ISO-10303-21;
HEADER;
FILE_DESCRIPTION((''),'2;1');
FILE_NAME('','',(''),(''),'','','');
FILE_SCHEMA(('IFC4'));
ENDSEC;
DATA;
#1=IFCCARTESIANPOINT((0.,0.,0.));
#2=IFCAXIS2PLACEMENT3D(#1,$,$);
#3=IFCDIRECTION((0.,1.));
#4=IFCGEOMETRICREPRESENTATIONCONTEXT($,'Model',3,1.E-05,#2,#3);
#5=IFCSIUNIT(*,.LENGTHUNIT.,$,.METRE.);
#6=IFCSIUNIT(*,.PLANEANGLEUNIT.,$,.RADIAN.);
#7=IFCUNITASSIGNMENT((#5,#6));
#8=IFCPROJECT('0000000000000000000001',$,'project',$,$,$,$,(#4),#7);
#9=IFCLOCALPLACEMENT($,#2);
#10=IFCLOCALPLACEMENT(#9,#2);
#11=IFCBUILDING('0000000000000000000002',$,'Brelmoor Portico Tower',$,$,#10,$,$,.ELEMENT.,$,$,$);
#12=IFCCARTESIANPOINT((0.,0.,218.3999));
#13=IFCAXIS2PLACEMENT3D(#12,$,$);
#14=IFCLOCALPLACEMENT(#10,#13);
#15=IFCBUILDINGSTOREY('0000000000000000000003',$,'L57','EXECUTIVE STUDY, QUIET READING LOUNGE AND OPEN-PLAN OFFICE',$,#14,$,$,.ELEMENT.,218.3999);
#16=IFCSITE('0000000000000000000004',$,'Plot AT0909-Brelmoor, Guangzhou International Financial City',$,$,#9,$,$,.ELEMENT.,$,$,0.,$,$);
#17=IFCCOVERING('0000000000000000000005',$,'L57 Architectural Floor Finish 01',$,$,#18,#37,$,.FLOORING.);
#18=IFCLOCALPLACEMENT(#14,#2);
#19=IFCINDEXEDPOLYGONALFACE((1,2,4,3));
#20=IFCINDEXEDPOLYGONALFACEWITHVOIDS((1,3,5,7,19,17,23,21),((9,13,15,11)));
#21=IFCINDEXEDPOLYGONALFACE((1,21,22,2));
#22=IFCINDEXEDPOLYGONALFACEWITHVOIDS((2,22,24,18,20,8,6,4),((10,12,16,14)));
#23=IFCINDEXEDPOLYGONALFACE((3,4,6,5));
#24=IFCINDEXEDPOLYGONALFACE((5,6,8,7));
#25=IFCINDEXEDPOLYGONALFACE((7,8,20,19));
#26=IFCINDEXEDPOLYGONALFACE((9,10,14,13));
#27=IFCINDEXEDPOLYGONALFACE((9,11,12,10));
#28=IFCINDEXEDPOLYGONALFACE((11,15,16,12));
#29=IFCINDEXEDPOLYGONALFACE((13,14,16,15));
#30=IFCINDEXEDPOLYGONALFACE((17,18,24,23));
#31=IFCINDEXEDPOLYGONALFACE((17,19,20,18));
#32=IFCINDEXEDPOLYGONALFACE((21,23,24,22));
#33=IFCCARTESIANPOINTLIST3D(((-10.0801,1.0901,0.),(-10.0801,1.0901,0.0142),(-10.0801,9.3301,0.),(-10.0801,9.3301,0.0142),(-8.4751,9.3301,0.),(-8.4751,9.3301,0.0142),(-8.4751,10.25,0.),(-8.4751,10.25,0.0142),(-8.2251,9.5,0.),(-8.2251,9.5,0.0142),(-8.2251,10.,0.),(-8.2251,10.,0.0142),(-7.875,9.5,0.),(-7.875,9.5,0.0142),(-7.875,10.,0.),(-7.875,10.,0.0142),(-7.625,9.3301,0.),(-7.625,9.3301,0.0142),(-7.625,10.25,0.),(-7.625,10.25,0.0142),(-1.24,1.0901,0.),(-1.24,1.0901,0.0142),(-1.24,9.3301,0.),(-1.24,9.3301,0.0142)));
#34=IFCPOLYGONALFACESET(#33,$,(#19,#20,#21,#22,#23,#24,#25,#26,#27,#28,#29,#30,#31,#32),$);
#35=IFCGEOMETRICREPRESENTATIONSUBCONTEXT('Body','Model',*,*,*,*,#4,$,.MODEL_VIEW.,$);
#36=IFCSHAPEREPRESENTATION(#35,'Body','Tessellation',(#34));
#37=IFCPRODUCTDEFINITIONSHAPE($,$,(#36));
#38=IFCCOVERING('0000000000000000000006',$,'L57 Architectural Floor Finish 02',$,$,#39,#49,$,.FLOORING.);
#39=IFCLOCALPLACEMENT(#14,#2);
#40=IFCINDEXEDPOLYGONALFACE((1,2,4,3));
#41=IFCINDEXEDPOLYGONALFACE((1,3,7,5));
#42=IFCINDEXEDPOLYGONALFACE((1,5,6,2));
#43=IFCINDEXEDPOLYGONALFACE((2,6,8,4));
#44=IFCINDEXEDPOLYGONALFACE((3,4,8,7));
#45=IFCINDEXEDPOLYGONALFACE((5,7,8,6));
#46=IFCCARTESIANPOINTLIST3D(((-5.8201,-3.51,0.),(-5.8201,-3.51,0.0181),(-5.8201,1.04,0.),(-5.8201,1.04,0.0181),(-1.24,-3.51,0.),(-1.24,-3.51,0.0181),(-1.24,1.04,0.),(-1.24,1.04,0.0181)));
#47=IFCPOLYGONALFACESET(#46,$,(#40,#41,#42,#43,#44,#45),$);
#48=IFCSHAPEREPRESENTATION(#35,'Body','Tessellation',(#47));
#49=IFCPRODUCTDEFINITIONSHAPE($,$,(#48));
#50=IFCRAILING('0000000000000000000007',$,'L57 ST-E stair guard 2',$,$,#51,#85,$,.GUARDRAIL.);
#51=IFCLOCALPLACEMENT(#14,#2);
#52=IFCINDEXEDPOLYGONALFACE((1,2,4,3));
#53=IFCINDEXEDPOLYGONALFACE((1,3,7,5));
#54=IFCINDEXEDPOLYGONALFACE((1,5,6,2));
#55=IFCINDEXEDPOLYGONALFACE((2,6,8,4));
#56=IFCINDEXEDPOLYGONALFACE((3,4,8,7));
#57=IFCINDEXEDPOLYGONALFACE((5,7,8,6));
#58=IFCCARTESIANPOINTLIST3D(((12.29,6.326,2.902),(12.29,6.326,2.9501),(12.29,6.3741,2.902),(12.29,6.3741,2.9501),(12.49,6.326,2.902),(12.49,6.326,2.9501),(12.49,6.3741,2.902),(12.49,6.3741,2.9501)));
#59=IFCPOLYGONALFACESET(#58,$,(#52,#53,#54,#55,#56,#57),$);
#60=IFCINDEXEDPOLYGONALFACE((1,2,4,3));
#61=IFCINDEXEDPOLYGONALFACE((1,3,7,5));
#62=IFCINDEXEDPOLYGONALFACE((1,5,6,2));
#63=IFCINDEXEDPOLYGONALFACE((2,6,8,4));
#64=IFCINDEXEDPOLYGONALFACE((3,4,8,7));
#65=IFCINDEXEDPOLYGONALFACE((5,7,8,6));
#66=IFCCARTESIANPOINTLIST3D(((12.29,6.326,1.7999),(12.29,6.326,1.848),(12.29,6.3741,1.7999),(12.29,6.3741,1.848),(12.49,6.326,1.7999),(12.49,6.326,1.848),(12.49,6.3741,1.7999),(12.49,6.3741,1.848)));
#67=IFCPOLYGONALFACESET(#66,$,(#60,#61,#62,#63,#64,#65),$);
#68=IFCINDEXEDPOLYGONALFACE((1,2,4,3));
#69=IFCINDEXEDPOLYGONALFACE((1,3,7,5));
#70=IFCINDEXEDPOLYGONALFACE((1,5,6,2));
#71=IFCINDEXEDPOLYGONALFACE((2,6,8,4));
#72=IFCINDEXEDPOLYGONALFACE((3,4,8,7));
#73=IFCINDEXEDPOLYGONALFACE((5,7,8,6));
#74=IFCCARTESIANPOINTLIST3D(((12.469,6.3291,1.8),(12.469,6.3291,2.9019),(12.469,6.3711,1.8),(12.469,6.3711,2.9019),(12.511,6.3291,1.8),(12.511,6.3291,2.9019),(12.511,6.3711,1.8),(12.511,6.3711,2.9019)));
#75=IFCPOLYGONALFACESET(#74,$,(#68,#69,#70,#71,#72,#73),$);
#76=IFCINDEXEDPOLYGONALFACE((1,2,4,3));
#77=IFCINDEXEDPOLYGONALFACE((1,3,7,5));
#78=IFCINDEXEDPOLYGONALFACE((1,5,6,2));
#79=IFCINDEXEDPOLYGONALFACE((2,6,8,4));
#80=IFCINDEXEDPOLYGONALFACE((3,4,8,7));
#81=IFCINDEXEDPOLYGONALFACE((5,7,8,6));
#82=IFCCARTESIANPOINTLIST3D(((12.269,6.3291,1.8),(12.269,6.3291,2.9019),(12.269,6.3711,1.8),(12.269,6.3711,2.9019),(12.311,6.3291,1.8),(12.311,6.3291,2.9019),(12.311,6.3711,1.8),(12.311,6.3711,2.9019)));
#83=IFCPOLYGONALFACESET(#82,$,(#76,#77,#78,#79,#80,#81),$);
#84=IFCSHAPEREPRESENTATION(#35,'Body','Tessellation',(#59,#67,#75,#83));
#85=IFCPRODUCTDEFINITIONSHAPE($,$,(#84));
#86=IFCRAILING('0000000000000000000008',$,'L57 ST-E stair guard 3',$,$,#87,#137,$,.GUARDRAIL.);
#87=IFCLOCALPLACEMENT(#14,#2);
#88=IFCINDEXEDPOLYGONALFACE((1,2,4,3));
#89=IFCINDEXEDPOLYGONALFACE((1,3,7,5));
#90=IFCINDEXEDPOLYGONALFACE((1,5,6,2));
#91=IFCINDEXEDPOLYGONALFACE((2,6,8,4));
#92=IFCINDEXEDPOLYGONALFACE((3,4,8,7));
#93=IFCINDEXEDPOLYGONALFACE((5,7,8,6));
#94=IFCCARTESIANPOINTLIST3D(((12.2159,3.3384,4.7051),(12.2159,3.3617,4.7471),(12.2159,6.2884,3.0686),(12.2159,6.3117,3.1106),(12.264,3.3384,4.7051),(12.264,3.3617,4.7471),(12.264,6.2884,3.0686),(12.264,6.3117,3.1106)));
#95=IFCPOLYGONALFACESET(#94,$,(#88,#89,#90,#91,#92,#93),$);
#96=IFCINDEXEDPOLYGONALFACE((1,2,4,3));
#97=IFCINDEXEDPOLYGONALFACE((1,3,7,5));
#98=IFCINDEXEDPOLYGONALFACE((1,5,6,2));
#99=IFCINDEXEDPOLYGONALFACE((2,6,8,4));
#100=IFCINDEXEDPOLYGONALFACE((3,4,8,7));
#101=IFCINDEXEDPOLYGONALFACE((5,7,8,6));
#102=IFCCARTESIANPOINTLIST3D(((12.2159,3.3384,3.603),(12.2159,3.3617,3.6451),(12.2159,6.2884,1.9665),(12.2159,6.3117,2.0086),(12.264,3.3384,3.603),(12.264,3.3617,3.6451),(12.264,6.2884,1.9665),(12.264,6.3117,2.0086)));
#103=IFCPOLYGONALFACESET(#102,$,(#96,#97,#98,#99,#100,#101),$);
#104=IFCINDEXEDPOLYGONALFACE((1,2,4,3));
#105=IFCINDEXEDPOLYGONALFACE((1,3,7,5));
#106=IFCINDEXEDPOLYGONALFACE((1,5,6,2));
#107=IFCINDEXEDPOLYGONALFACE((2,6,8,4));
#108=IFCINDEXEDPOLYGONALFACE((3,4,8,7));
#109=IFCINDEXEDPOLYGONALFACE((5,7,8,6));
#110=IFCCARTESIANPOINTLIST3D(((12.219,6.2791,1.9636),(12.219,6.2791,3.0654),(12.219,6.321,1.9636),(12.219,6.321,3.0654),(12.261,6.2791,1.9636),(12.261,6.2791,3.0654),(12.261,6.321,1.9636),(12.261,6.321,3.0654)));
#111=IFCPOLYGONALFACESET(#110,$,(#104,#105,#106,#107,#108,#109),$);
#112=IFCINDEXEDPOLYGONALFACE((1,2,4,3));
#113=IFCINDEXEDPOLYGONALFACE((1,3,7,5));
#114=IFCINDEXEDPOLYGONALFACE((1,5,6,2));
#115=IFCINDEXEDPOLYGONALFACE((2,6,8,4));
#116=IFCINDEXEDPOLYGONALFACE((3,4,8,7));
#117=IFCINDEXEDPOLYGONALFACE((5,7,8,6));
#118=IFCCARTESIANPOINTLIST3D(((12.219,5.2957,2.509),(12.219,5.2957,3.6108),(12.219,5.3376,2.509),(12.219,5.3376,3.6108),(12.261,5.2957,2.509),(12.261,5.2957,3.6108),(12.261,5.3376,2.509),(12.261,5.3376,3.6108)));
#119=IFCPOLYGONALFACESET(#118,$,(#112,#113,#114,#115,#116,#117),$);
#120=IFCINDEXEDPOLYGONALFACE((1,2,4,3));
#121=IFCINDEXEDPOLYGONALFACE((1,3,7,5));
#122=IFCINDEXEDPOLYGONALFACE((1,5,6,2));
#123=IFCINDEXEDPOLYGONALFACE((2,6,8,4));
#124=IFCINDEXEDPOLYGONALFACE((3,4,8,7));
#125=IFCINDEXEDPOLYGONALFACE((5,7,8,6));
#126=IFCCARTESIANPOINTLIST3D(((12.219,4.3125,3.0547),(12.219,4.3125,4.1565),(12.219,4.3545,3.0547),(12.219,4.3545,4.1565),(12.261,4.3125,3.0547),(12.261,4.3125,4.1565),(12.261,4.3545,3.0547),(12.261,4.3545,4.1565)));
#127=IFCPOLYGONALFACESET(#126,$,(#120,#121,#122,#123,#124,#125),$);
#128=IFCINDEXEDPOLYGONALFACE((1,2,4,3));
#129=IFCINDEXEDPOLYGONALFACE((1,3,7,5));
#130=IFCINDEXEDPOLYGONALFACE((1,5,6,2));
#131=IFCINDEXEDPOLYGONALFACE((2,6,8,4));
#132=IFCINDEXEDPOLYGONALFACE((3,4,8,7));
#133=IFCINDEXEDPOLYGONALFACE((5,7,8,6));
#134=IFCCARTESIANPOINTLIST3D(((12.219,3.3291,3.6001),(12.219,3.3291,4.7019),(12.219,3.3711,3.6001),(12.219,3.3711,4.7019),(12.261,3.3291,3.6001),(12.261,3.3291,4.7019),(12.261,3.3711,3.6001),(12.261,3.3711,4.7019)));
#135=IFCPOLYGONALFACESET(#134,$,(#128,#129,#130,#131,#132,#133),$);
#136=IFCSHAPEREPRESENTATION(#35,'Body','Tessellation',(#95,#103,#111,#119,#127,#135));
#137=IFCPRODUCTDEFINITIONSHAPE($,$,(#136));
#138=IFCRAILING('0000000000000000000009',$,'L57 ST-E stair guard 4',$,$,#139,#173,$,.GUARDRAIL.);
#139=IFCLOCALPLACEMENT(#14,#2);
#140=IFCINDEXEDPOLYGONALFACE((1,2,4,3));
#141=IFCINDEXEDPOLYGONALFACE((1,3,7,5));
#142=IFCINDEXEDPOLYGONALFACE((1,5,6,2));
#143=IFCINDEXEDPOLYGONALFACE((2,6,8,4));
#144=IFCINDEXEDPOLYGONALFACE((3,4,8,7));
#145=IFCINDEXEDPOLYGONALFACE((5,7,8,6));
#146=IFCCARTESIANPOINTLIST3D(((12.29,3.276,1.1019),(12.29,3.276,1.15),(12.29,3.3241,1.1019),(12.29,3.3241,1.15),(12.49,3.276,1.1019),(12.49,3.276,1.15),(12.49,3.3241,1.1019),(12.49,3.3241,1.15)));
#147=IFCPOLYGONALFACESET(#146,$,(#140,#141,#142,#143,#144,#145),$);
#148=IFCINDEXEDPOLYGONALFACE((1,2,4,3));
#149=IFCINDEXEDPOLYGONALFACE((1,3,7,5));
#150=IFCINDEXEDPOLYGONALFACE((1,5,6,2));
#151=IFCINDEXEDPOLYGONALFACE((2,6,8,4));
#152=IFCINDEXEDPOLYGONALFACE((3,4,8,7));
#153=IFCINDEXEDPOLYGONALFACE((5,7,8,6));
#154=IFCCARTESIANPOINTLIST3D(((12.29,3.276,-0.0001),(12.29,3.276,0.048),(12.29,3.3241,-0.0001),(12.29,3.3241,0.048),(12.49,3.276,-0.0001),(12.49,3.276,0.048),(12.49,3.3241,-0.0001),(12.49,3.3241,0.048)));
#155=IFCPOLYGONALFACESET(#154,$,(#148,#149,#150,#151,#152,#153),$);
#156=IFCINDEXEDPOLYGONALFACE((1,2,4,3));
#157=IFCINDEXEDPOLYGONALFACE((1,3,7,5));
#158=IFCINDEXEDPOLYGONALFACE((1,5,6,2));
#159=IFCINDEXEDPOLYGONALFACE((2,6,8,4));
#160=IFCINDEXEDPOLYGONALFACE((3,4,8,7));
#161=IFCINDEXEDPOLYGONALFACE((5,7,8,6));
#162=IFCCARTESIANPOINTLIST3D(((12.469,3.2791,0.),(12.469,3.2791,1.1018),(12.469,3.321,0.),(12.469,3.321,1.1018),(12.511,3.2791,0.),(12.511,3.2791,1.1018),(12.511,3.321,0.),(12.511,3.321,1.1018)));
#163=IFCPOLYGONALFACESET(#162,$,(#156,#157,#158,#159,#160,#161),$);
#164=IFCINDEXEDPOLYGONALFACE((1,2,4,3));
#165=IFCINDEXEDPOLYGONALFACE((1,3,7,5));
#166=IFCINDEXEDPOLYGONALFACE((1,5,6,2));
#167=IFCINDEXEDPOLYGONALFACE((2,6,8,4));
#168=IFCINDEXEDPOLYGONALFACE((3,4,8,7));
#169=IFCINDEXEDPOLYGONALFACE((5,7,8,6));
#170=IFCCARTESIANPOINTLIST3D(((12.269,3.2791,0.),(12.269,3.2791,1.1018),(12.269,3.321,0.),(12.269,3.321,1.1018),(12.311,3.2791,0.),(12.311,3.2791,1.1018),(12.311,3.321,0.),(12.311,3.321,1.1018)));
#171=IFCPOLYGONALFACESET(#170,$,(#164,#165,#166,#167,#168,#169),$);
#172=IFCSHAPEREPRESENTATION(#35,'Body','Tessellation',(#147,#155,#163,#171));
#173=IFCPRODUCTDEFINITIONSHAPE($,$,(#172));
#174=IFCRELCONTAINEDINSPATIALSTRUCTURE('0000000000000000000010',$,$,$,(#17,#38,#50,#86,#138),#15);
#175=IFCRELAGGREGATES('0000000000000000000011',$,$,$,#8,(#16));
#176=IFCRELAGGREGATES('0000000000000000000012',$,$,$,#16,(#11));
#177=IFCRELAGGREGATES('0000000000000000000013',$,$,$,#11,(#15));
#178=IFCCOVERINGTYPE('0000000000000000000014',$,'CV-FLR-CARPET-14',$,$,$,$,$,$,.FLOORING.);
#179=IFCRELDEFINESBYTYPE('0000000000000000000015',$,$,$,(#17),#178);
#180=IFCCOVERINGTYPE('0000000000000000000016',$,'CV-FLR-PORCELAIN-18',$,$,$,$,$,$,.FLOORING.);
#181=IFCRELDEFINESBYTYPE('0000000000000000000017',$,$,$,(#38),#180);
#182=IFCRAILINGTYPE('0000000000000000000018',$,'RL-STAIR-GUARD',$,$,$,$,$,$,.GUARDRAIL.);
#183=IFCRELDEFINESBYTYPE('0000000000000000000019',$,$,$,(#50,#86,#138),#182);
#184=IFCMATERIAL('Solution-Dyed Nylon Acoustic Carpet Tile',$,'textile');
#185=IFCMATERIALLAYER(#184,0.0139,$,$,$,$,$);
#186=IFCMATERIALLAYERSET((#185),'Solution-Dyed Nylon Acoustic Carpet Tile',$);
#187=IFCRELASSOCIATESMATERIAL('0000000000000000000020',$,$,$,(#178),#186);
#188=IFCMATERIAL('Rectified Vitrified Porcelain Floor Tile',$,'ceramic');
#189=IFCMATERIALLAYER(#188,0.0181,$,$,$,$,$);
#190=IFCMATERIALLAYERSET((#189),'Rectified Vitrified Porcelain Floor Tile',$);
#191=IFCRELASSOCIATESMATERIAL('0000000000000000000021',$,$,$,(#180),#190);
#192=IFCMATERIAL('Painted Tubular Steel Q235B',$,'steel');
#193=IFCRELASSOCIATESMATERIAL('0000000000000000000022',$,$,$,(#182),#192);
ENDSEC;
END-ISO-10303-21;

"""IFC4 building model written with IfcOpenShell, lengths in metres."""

from ifc_helpers import new_model, si_unit, direction, frame, origin, origin_2d, place, context, subcontext, project, spatial, polyline, rectangle, outline, extrude, material, layer, layer_set, type_object, element, save


model = new_model("IFC4")

# Units and contexts
model_context = context("Model", 3, precision=1e-05, world=origin(), true_north=direction((0.0, 1.0)))
body_context = subcontext(model_context, "Body", "Model", "MODEL_VIEW")
ifc_project = project(units=[si_unit("LENGTHUNIT", "METRE"), si_unit("PLANEANGLEUNIT", "RADIAN")], contexts=[model_context])

# Site, building, storey
site_placement = place(None, origin())
site = spatial("IfcSite", under=ifc_project, at=site_placement, Name="Plot AT0909-Brelmoor, Guangzhou International Financial City", CompositionType="ELEMENT", RefElevation=0.0)
building_placement = place(site_placement, origin())
building = spatial("IfcBuilding", under=site, at=building_placement, Name="Brelmoor Portico Tower", CompositionType="ELEMENT")
storey_placement = place(building_placement, frame((0.0, 0.0, 218.3999)))
storey = spatial("IfcBuildingStorey", under=building, at=storey_placement, Name="L57", Description="EXECUTIVE STUDY, QUIET READING LOUNGE AND OPEN-PLAN OFFICE", CompositionType="ELEMENT", Elevation=218.3999)

# Coverings
ifc_material_1 = material(Name="Solution-Dyed Nylon Acoustic Carpet Tile", Category="textile")
ifc_layer_1 = layer(ifc_material_1, 0.0139)
ifc_layer_set_1 = layer_set([ifc_layer_1], Name="Solution-Dyed Nylon Acoustic Carpet Tile")
covering_type_1 = type_object("IfcCoveringType", Name="CV-FLR-CARPET-14", PredefinedType="FLOORING", material=ifc_layer_set_1)
covering_1_placement = place(storey_placement, origin())
element("IfcCovering", 1, at=covering_1_placement, inside=storey, type_object=covering_type_1, Name="L57 Architectural Floor Finish 01", PredefinedType="FLOORING", context=body_context, shape_type="SweptSolid", body=[
    extrude(outline(polyline([(-10.0801, 9.3301), (-8.4751, 9.3301), (-8.4751, 10.25), (-7.625, 10.25), (-7.625, 9.3301), (-1.24, 9.3301), (-1.24, 1.0901), (-10.0801, 1.0901), (-10.0801, 9.3301)]), holes=[polyline([(-7.875, 9.5), (-7.875, 10.0), (-8.2251, 10.0), (-8.2251, 9.5), (-7.875, 9.5)])]), origin(), (0.0, 0.0, 1.0), 0.0142),
])
ifc_material_2 = material(Name="Rectified Vitrified Porcelain Floor Tile", Category="ceramic")
ifc_layer_2 = layer(ifc_material_2, 0.0181)
ifc_layer_set_2 = layer_set([ifc_layer_2], Name="Rectified Vitrified Porcelain Floor Tile")
covering_type_2 = type_object("IfcCoveringType", Name="CV-FLR-PORCELAIN-18", PredefinedType="FLOORING", material=ifc_layer_set_2)
covering_2_placement = place(storey_placement, origin())
element("IfcCovering", 2, at=covering_2_placement, inside=storey, type_object=covering_type_2, Name="L57 Architectural Floor Finish 02", PredefinedType="FLOORING", context=body_context, shape_type="SweptSolid", body=[
    extrude(outline(polyline([(-5.8201, -3.51), (-5.8201, 1.04), (-1.24, 1.04), (-1.24, -3.51), (-5.8201, -3.51)])), origin(), (0.0, 0.0, 1.0), 0.0181),
])

# Railings
ifc_material_3 = material(Name="Painted Tubular Steel Q235B", Category="steel")
railing_type_1 = type_object("IfcRailingType", Name="RL-STAIR-GUARD", PredefinedType="GUARDRAIL", material=ifc_material_3)
railing_1_placement = place(storey_placement, frame((12.49, 6.3501, 1.8)))
element("IfcRailing", 3, at=railing_1_placement, inside=storey, type_object=railing_type_1, Name="L57 ST-E stair guard 2", PredefinedType="GUARDRAIL", context=body_context, shape_type="SweptSolid", body=[
    extrude(rectangle(XDim=0.0481, YDim=0.0481, at=origin_2d()), frame((0.0, 0.0, 1.126), z_axis=(-1.0, 0.0, 0.0), x_axis=(0.0, -1.0, 0.0)), (0.0, 0.0, 1.0), 0.2),
    extrude(rectangle(XDim=0.0481, YDim=0.0481, at=origin_2d()), frame((0.0, 0.0, 0.0239), z_axis=(-1.0, 0.0, 0.0), x_axis=(0.0, -1.0, 0.0)), (0.0, 0.0, 1.0), 0.2),
    extrude(rectangle(XDim=0.042, YDim=0.042, at=origin_2d()), origin(), (0.0, 0.0, 1.0), 1.1018),
    extrude(rectangle(XDim=0.042, YDim=0.042, at=origin_2d()), frame((-0.2, 0.0, 0.0)), (0.0, 0.0, 1.0), 1.1018),
])
railing_2_placement = place(storey_placement, frame((12.24, 6.3, 1.9636)))
element("IfcRailing", 4, at=railing_2_placement, inside=storey, type_object=railing_type_1, Name="L57 ST-E stair guard 3", PredefinedType="GUARDRAIL", context=body_context, shape_type="SweptSolid", body=[
    extrude(rectangle(XDim=0.0481, YDim=0.0481, at=origin_2d()), frame((0.0, 0.0, 1.126), z_axis=(0.0, -0.874458, 0.485102), x_axis=(1.0, 0.0, 0.0)), (0.0, 0.0, 1.0), 3.3735),
    extrude(rectangle(XDim=0.0481, YDim=0.0481, at=origin_2d()), frame((0.0, 0.0, 0.0239), z_axis=(0.0, -0.874458, 0.485102), x_axis=(1.0, 0.0, 0.0)), (0.0, 0.0, 1.0), 3.3735),
    extrude(rectangle(XDim=0.042, YDim=0.042, at=origin_2d()), origin(), (0.0, 0.0, 1.0), 1.1018),
    extrude(rectangle(XDim=0.042, YDim=0.042, at=origin_2d()), frame((0.0, -0.9834, 0.5454)), (0.0, 0.0, 1.0), 1.1018),
    extrude(rectangle(XDim=0.042, YDim=0.042, at=origin_2d()), frame((0.0, -1.9666, 1.0911)), (0.0, 0.0, 1.0), 1.1018),
    extrude(rectangle(XDim=0.042, YDim=0.042, at=origin_2d()), frame((0.0, -2.95, 1.6365)), (0.0, 0.0, 1.0), 1.1018),
])
railing_3_placement = place(storey_placement, frame((12.49, 3.3, 0.0)))
element("IfcRailing", 5, at=railing_3_placement, inside=storey, type_object=railing_type_1, Name="L57 ST-E stair guard 4", PredefinedType="GUARDRAIL", context=body_context, shape_type="SweptSolid", body=[
    extrude(rectangle(XDim=0.0481, YDim=0.0481, at=origin_2d()), frame((0.0, 0.0, 1.126), z_axis=(-1.0, 0.0, 0.0), x_axis=(0.0, -1.0, 0.0)), (0.0, 0.0, 1.0), 0.2),
    extrude(rectangle(XDim=0.0481, YDim=0.0481, at=origin_2d()), frame((0.0, 0.0, 0.0239), z_axis=(-1.0, 0.0, 0.0), x_axis=(0.0, -1.0, 0.0)), (0.0, 0.0, 1.0), 0.2),
    extrude(rectangle(XDim=0.042, YDim=0.042, at=origin_2d()), origin(), (0.0, 0.0, 1.0), 1.1018),
    extrude(rectangle(XDim=0.042, YDim=0.042, at=origin_2d()), frame((-0.2, 0.0, 0.0)), (0.0, 0.0, 1.0), 1.1018),
])

save(model, "model.ifc")
